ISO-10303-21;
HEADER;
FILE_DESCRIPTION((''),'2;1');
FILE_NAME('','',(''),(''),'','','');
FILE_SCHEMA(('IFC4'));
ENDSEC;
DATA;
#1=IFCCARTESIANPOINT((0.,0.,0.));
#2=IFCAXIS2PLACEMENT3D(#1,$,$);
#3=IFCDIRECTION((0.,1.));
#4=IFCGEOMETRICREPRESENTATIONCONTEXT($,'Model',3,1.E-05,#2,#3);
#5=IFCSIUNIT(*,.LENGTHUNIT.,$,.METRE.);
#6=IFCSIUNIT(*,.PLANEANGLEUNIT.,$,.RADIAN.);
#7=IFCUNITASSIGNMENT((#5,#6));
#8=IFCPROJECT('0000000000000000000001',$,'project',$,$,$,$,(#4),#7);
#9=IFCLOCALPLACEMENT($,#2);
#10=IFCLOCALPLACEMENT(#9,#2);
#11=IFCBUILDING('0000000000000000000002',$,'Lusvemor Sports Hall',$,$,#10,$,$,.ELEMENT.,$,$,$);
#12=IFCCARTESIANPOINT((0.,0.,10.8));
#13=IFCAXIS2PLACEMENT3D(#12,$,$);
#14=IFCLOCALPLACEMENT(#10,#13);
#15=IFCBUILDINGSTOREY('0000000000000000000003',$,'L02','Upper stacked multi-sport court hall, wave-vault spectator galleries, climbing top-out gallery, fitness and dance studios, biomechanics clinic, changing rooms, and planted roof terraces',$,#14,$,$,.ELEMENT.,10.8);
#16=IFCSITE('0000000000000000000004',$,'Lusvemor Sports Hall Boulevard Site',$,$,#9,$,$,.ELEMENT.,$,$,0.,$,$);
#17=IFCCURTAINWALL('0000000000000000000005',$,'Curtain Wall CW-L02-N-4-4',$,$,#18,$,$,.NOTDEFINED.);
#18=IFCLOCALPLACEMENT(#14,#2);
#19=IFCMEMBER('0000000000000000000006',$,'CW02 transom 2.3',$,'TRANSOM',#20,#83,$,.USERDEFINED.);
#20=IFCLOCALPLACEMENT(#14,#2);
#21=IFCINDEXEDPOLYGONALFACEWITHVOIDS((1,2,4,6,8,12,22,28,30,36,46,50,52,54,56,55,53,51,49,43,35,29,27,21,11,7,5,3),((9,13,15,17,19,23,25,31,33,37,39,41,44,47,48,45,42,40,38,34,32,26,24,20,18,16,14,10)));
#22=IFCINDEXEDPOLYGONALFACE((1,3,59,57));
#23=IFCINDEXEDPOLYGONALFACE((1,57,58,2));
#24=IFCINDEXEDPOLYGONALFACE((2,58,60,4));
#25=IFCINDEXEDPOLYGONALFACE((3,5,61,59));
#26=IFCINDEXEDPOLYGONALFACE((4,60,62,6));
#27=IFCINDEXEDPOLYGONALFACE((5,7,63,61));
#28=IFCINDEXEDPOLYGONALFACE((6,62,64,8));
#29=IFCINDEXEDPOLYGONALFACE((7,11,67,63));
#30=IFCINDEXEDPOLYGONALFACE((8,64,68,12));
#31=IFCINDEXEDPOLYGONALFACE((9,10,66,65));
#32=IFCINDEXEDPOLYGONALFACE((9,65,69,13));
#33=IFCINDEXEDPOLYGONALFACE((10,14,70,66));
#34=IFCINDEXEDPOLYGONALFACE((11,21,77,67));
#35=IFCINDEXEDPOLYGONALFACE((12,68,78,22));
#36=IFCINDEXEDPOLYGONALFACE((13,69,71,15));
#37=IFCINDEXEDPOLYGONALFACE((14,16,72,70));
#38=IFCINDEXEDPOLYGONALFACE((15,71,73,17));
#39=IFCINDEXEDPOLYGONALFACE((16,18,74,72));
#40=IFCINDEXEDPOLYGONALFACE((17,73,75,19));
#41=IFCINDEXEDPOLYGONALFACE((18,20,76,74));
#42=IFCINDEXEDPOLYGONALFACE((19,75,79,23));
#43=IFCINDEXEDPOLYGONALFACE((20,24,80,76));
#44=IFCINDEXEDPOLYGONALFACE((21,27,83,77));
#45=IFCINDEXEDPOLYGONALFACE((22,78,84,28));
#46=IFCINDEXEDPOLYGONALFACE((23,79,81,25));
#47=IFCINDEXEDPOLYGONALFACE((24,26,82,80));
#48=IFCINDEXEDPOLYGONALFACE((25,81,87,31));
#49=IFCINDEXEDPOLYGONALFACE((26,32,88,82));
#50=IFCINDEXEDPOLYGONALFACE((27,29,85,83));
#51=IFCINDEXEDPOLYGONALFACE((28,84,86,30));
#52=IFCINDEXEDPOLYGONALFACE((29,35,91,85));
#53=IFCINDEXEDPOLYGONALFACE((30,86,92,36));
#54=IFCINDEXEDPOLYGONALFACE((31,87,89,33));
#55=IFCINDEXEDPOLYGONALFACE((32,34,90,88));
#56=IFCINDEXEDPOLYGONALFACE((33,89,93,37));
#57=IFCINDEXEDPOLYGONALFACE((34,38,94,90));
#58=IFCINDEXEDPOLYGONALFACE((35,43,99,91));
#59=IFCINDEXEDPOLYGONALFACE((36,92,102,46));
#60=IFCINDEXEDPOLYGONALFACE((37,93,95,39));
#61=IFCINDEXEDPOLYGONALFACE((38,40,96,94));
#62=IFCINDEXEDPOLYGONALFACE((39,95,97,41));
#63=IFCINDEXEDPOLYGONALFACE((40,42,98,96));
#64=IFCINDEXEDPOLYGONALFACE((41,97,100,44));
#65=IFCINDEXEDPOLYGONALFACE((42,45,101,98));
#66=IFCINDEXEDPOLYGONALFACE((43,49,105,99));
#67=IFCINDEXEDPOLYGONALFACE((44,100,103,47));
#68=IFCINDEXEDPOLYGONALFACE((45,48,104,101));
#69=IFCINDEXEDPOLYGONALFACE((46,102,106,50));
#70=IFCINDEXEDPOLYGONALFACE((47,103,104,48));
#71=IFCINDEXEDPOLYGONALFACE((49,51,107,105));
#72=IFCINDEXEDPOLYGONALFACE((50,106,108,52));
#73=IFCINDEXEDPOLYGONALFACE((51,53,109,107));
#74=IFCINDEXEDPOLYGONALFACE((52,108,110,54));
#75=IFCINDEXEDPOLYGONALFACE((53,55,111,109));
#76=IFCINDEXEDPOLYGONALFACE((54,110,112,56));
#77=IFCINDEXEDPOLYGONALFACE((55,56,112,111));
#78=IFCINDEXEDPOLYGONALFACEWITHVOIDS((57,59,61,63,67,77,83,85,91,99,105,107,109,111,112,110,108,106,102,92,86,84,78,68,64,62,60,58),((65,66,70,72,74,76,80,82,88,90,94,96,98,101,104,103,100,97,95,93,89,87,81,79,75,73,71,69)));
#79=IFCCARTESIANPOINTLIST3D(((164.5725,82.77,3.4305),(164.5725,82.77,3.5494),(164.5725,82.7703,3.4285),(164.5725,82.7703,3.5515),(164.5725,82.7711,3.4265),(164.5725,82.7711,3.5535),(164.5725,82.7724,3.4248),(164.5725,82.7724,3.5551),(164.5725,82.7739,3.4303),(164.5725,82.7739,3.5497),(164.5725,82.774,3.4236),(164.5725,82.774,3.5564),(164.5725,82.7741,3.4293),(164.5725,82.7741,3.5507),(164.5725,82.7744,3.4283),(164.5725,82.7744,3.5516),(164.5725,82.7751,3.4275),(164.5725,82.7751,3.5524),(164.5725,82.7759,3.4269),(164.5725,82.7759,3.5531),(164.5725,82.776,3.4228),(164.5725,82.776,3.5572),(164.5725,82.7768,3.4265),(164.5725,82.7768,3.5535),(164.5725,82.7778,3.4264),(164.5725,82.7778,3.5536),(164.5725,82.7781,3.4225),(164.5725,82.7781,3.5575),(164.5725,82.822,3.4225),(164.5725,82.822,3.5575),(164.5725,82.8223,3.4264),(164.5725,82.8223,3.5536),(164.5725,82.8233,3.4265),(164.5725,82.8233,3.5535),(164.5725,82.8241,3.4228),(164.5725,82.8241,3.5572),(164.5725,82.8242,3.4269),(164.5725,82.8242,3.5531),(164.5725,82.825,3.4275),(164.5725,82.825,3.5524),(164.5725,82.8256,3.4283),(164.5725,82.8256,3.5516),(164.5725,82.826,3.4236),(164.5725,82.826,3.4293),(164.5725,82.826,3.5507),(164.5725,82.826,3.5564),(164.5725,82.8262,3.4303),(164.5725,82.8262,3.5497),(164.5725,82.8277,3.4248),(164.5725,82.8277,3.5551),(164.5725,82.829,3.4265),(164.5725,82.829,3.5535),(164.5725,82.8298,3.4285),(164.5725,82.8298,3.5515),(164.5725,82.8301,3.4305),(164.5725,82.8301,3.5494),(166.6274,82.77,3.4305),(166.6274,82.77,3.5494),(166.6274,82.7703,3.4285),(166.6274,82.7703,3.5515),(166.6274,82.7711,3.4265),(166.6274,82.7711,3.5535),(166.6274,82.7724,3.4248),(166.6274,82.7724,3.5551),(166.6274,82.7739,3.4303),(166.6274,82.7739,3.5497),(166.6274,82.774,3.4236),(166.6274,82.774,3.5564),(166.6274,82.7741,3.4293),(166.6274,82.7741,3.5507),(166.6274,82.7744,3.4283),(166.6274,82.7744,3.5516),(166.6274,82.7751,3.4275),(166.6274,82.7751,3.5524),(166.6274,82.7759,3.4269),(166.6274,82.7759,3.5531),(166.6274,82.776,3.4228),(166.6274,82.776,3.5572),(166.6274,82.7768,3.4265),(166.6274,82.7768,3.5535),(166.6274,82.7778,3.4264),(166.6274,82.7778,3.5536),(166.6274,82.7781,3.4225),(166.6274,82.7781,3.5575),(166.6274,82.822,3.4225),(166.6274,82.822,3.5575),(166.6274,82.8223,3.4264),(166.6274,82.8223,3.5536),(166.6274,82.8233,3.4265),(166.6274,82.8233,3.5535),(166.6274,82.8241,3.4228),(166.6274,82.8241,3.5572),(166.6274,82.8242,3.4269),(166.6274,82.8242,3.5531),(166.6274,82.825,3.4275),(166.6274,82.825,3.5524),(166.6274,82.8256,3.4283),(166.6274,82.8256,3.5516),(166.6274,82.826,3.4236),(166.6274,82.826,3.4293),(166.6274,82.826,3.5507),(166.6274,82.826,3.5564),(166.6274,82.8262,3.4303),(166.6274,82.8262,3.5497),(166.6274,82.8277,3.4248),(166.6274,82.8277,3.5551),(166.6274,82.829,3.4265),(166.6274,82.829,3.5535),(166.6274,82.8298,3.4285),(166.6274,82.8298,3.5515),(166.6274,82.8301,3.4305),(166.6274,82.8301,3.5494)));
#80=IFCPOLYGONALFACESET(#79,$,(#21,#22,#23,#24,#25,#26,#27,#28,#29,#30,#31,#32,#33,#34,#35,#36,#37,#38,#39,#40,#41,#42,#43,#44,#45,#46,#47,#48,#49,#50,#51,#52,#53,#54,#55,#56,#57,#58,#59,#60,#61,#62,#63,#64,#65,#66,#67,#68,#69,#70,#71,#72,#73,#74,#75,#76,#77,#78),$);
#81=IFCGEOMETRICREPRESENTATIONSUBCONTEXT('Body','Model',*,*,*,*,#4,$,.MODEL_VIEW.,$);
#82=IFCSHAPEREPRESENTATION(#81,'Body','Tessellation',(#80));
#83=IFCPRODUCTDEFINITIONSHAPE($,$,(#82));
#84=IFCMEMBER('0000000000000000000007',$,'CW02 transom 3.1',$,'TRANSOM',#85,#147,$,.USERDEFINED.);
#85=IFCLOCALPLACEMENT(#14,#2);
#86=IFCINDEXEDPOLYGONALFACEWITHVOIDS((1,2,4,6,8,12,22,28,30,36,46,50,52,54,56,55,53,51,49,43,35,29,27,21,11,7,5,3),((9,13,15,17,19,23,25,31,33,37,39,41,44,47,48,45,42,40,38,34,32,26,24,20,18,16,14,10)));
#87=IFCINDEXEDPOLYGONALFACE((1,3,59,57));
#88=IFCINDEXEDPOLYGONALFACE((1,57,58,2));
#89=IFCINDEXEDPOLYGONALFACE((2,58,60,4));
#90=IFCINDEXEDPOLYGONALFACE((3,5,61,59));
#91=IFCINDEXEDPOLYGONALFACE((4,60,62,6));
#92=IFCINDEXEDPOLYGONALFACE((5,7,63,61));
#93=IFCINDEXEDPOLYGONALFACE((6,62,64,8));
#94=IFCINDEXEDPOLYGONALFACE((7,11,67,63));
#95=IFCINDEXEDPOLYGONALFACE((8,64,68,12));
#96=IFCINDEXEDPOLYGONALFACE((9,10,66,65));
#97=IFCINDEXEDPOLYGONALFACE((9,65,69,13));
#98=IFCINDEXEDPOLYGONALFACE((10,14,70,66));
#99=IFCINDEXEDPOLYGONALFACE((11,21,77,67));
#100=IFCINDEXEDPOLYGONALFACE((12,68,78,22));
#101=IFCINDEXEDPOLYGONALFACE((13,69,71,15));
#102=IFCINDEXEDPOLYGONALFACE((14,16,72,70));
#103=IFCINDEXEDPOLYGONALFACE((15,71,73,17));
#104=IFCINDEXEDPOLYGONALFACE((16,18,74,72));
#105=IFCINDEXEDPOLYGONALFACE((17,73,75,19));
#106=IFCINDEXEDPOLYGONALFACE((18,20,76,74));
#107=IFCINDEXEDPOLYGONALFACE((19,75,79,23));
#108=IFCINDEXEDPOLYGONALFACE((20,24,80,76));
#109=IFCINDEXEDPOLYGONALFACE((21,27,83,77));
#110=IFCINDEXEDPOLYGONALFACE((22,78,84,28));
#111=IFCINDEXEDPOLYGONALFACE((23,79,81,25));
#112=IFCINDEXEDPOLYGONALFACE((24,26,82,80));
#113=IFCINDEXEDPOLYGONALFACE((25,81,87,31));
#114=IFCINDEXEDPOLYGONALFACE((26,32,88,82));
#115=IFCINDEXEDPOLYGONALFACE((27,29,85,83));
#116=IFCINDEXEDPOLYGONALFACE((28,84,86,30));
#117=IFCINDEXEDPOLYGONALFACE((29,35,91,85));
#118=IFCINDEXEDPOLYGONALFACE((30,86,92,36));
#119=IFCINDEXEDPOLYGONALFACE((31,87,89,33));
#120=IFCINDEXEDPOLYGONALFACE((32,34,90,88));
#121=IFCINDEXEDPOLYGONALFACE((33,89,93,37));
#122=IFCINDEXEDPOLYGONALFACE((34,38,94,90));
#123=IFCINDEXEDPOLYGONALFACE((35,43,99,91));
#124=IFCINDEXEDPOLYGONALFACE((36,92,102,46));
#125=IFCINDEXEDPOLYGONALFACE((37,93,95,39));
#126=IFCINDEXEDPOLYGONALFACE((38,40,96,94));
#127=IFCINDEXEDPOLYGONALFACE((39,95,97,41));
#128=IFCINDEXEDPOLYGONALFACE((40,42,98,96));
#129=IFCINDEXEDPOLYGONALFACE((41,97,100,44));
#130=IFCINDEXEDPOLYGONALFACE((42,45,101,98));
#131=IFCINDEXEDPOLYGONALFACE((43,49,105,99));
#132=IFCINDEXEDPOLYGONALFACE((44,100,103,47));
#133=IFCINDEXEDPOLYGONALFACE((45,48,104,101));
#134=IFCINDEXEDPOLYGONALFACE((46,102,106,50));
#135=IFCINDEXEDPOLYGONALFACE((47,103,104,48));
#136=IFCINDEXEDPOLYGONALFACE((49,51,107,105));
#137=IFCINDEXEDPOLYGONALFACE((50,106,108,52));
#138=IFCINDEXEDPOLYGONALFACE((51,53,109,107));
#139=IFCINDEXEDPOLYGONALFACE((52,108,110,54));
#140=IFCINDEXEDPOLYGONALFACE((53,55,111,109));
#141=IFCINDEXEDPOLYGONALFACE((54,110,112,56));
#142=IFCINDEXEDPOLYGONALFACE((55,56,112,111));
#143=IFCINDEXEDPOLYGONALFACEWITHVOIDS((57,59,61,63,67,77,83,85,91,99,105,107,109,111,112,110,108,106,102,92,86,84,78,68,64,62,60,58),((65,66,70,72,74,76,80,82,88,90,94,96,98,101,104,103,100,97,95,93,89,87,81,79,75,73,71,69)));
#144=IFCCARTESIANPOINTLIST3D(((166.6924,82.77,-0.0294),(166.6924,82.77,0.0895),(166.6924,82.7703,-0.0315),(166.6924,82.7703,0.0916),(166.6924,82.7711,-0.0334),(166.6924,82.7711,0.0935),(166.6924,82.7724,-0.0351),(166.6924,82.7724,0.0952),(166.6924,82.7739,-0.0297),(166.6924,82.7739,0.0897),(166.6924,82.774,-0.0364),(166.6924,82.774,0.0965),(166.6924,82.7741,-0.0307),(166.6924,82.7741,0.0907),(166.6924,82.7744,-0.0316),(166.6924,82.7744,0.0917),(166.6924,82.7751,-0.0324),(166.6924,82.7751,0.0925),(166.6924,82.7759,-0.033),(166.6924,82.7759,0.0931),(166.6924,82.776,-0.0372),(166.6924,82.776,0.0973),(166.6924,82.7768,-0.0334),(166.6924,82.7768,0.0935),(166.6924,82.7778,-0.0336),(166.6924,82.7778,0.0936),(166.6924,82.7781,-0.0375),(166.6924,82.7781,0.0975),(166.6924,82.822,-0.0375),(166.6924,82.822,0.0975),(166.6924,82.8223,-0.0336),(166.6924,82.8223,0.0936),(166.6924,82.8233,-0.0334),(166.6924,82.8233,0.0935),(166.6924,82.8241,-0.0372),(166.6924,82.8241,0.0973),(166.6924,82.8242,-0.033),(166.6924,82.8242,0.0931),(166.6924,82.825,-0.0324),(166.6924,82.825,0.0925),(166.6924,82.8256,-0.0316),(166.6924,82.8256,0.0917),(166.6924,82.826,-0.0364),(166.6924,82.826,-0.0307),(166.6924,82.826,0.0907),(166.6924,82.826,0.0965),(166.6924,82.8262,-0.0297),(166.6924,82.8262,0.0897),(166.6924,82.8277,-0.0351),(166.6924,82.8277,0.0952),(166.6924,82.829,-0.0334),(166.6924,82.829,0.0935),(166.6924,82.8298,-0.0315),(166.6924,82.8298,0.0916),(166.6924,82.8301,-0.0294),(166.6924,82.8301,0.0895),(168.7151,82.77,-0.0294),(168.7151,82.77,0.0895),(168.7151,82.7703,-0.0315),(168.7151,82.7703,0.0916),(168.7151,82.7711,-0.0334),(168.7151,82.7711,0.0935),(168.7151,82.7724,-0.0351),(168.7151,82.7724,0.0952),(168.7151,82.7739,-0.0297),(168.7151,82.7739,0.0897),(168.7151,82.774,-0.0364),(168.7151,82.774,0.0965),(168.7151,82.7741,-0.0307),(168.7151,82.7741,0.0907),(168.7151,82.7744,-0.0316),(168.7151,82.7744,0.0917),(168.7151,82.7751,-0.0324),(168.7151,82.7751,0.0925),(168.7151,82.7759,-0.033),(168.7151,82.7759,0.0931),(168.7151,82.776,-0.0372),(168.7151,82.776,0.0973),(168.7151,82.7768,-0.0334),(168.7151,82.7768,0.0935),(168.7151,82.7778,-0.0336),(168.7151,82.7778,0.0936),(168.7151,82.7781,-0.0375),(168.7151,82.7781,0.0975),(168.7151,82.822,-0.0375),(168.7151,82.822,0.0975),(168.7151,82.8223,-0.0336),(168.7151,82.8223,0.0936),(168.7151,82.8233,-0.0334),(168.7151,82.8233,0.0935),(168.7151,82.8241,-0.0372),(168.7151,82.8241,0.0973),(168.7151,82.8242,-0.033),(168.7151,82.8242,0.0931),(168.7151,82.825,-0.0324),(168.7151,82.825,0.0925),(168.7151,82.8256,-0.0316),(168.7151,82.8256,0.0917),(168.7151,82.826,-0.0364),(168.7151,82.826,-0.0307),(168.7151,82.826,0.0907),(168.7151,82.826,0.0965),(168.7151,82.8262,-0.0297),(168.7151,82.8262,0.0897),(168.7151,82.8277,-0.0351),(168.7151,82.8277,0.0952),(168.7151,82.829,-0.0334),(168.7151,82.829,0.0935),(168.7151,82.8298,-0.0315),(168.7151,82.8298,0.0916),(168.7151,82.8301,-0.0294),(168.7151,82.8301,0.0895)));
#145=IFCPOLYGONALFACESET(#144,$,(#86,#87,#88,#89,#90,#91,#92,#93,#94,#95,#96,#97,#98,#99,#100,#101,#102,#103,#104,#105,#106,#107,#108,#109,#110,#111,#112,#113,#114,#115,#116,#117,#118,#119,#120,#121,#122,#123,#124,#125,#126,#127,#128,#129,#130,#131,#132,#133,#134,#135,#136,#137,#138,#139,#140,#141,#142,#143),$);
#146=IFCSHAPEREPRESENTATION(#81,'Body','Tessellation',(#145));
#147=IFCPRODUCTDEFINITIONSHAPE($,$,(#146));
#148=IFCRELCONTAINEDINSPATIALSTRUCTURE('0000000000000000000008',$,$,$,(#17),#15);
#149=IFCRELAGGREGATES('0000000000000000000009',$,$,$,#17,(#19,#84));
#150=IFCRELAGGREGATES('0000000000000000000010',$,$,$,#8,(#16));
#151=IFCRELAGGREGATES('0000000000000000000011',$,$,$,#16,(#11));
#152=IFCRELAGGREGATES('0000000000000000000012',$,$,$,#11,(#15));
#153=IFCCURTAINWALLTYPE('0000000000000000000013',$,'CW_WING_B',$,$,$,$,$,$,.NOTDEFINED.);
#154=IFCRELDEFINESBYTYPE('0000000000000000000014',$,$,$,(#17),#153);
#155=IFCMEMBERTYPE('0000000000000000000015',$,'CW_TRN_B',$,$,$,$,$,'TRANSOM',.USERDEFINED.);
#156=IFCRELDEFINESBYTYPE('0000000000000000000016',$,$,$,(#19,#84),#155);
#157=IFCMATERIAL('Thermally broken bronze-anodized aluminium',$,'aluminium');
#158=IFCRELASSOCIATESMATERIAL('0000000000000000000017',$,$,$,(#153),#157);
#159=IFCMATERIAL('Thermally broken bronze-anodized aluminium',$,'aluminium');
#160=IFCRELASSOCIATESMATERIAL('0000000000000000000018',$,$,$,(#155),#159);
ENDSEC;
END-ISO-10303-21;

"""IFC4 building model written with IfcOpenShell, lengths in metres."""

from ifc_helpers import new_model, si_unit, direction, frame, origin, origin_2d, place, context, subcontext, project, spatial, hollow_rectangle, extrude, material, material_profile, profile_set, type_object, element, aggregate, save


model = new_model("IFC4")

# Units and contexts
model_context = context("Model", 3, precision=1e-05, world=origin(), true_north=direction((0.0, 1.0)))
body_context = subcontext(model_context, "Body", "Model", "MODEL_VIEW")
ifc_project = project(units=[si_unit("LENGTHUNIT", "METRE"), si_unit("PLANEANGLEUNIT", "RADIAN")], contexts=[model_context])

# Site, building, storey
site_placement = place(None, origin())
site = spatial("IfcSite", under=ifc_project, at=site_placement, Name="Lusvemor Sports Hall Boulevard Site", CompositionType="ELEMENT", RefElevation=0.0)
building_placement = place(site_placement, origin())
building = spatial("IfcBuilding", under=site, at=building_placement, Name="Lusvemor Sports Hall", CompositionType="ELEMENT")
storey_placement = place(building_placement, frame((0.0, 0.0, 10.8)))
storey = spatial("IfcBuildingStorey", under=building, at=storey_placement, Name="L02", Description="Upper stacked multi-sport court hall, wave-vault spectator galleries, climbing top-out gallery, fitness and dance studios, biomechanics clinic, changing rooms, and planted roof terraces", CompositionType="ELEMENT", Elevation=10.8)

# Curtain wall, members
ifc_material_1 = material(Name="Thermally broken bronze-anodized aluminium", Category="aluminium")
curtain_wall_type = type_object("IfcCurtainWallType", Name="CW_WING_B", PredefinedType="NOTDEFINED", material=ifc_material_1)
curtain_wall_placement = place(storey_placement, origin())
curtain_wall = element("IfcCurtainWall", 1, at=curtain_wall_placement, inside=storey, type_object=curtain_wall_type, Name="Curtain Wall CW-L02-N-4-4", PredefinedType="NOTDEFINED")
ifc_material_2 = material(Name="Thermally broken bronze-anodized aluminium", Category="aluminium")
ifc_material_profile_1 = material_profile(ifc_material_2, hollow_rectangle(XDim=0.0601, YDim=0.135, WallThickness=0.0039, InnerFilletRadius=0.0039, OuterFilletRadius=0.0081, at=origin_2d()), Name="CWTRN135x60x4")
ifc_profile_set_1 = profile_set([ifc_material_profile_1], Name="Thermally broken bronze-anodized aluminium")
member_type_1 = type_object("IfcMemberType", Name="CW_TRN_B", ElementType="TRANSOM", PredefinedType="USERDEFINED", material=ifc_profile_set_1)
member_1_placement = place(storey_placement, frame((164.5725, 82.8, 3.49), z_axis=(1.0, 0.0, 0.0), x_axis=(0.0, 1.0, 0.0)))
member_1 = element("IfcMember", 2, at=member_1_placement, type_object=member_type_1, Name="CW02 transom 2.3", ObjectType="TRANSOM", PredefinedType="USERDEFINED", context=body_context, shape_type="SweptSolid", body=[
    extrude(hollow_rectangle(XDim=0.0601, YDim=0.135, WallThickness=0.0039, InnerFilletRadius=0.0039, OuterFilletRadius=0.0081, at=origin_2d()), origin(), (0.0, 0.0, 1.0), 2.0549),
])
member_2_placement = place(storey_placement, frame((166.6924, 82.8, 0.03), z_axis=(1.0, 0.0, 0.0), x_axis=(0.0, 1.0, 0.0)))
member_2 = element("IfcMember", 3, at=member_2_placement, type_object=member_type_1, Name="CW02 transom 3.1", ObjectType="TRANSOM", PredefinedType="USERDEFINED", context=body_context, shape_type="SweptSolid", body=[
    extrude(hollow_rectangle(XDim=0.0601, YDim=0.135, WallThickness=0.0039, InnerFilletRadius=0.0039, OuterFilletRadius=0.0081, at=origin_2d()), origin(), (0.0, 0.0, 1.0), 2.0227),
])
aggregate(curtain_wall, [member_1, member_2])

save(model, "model.ifc")
